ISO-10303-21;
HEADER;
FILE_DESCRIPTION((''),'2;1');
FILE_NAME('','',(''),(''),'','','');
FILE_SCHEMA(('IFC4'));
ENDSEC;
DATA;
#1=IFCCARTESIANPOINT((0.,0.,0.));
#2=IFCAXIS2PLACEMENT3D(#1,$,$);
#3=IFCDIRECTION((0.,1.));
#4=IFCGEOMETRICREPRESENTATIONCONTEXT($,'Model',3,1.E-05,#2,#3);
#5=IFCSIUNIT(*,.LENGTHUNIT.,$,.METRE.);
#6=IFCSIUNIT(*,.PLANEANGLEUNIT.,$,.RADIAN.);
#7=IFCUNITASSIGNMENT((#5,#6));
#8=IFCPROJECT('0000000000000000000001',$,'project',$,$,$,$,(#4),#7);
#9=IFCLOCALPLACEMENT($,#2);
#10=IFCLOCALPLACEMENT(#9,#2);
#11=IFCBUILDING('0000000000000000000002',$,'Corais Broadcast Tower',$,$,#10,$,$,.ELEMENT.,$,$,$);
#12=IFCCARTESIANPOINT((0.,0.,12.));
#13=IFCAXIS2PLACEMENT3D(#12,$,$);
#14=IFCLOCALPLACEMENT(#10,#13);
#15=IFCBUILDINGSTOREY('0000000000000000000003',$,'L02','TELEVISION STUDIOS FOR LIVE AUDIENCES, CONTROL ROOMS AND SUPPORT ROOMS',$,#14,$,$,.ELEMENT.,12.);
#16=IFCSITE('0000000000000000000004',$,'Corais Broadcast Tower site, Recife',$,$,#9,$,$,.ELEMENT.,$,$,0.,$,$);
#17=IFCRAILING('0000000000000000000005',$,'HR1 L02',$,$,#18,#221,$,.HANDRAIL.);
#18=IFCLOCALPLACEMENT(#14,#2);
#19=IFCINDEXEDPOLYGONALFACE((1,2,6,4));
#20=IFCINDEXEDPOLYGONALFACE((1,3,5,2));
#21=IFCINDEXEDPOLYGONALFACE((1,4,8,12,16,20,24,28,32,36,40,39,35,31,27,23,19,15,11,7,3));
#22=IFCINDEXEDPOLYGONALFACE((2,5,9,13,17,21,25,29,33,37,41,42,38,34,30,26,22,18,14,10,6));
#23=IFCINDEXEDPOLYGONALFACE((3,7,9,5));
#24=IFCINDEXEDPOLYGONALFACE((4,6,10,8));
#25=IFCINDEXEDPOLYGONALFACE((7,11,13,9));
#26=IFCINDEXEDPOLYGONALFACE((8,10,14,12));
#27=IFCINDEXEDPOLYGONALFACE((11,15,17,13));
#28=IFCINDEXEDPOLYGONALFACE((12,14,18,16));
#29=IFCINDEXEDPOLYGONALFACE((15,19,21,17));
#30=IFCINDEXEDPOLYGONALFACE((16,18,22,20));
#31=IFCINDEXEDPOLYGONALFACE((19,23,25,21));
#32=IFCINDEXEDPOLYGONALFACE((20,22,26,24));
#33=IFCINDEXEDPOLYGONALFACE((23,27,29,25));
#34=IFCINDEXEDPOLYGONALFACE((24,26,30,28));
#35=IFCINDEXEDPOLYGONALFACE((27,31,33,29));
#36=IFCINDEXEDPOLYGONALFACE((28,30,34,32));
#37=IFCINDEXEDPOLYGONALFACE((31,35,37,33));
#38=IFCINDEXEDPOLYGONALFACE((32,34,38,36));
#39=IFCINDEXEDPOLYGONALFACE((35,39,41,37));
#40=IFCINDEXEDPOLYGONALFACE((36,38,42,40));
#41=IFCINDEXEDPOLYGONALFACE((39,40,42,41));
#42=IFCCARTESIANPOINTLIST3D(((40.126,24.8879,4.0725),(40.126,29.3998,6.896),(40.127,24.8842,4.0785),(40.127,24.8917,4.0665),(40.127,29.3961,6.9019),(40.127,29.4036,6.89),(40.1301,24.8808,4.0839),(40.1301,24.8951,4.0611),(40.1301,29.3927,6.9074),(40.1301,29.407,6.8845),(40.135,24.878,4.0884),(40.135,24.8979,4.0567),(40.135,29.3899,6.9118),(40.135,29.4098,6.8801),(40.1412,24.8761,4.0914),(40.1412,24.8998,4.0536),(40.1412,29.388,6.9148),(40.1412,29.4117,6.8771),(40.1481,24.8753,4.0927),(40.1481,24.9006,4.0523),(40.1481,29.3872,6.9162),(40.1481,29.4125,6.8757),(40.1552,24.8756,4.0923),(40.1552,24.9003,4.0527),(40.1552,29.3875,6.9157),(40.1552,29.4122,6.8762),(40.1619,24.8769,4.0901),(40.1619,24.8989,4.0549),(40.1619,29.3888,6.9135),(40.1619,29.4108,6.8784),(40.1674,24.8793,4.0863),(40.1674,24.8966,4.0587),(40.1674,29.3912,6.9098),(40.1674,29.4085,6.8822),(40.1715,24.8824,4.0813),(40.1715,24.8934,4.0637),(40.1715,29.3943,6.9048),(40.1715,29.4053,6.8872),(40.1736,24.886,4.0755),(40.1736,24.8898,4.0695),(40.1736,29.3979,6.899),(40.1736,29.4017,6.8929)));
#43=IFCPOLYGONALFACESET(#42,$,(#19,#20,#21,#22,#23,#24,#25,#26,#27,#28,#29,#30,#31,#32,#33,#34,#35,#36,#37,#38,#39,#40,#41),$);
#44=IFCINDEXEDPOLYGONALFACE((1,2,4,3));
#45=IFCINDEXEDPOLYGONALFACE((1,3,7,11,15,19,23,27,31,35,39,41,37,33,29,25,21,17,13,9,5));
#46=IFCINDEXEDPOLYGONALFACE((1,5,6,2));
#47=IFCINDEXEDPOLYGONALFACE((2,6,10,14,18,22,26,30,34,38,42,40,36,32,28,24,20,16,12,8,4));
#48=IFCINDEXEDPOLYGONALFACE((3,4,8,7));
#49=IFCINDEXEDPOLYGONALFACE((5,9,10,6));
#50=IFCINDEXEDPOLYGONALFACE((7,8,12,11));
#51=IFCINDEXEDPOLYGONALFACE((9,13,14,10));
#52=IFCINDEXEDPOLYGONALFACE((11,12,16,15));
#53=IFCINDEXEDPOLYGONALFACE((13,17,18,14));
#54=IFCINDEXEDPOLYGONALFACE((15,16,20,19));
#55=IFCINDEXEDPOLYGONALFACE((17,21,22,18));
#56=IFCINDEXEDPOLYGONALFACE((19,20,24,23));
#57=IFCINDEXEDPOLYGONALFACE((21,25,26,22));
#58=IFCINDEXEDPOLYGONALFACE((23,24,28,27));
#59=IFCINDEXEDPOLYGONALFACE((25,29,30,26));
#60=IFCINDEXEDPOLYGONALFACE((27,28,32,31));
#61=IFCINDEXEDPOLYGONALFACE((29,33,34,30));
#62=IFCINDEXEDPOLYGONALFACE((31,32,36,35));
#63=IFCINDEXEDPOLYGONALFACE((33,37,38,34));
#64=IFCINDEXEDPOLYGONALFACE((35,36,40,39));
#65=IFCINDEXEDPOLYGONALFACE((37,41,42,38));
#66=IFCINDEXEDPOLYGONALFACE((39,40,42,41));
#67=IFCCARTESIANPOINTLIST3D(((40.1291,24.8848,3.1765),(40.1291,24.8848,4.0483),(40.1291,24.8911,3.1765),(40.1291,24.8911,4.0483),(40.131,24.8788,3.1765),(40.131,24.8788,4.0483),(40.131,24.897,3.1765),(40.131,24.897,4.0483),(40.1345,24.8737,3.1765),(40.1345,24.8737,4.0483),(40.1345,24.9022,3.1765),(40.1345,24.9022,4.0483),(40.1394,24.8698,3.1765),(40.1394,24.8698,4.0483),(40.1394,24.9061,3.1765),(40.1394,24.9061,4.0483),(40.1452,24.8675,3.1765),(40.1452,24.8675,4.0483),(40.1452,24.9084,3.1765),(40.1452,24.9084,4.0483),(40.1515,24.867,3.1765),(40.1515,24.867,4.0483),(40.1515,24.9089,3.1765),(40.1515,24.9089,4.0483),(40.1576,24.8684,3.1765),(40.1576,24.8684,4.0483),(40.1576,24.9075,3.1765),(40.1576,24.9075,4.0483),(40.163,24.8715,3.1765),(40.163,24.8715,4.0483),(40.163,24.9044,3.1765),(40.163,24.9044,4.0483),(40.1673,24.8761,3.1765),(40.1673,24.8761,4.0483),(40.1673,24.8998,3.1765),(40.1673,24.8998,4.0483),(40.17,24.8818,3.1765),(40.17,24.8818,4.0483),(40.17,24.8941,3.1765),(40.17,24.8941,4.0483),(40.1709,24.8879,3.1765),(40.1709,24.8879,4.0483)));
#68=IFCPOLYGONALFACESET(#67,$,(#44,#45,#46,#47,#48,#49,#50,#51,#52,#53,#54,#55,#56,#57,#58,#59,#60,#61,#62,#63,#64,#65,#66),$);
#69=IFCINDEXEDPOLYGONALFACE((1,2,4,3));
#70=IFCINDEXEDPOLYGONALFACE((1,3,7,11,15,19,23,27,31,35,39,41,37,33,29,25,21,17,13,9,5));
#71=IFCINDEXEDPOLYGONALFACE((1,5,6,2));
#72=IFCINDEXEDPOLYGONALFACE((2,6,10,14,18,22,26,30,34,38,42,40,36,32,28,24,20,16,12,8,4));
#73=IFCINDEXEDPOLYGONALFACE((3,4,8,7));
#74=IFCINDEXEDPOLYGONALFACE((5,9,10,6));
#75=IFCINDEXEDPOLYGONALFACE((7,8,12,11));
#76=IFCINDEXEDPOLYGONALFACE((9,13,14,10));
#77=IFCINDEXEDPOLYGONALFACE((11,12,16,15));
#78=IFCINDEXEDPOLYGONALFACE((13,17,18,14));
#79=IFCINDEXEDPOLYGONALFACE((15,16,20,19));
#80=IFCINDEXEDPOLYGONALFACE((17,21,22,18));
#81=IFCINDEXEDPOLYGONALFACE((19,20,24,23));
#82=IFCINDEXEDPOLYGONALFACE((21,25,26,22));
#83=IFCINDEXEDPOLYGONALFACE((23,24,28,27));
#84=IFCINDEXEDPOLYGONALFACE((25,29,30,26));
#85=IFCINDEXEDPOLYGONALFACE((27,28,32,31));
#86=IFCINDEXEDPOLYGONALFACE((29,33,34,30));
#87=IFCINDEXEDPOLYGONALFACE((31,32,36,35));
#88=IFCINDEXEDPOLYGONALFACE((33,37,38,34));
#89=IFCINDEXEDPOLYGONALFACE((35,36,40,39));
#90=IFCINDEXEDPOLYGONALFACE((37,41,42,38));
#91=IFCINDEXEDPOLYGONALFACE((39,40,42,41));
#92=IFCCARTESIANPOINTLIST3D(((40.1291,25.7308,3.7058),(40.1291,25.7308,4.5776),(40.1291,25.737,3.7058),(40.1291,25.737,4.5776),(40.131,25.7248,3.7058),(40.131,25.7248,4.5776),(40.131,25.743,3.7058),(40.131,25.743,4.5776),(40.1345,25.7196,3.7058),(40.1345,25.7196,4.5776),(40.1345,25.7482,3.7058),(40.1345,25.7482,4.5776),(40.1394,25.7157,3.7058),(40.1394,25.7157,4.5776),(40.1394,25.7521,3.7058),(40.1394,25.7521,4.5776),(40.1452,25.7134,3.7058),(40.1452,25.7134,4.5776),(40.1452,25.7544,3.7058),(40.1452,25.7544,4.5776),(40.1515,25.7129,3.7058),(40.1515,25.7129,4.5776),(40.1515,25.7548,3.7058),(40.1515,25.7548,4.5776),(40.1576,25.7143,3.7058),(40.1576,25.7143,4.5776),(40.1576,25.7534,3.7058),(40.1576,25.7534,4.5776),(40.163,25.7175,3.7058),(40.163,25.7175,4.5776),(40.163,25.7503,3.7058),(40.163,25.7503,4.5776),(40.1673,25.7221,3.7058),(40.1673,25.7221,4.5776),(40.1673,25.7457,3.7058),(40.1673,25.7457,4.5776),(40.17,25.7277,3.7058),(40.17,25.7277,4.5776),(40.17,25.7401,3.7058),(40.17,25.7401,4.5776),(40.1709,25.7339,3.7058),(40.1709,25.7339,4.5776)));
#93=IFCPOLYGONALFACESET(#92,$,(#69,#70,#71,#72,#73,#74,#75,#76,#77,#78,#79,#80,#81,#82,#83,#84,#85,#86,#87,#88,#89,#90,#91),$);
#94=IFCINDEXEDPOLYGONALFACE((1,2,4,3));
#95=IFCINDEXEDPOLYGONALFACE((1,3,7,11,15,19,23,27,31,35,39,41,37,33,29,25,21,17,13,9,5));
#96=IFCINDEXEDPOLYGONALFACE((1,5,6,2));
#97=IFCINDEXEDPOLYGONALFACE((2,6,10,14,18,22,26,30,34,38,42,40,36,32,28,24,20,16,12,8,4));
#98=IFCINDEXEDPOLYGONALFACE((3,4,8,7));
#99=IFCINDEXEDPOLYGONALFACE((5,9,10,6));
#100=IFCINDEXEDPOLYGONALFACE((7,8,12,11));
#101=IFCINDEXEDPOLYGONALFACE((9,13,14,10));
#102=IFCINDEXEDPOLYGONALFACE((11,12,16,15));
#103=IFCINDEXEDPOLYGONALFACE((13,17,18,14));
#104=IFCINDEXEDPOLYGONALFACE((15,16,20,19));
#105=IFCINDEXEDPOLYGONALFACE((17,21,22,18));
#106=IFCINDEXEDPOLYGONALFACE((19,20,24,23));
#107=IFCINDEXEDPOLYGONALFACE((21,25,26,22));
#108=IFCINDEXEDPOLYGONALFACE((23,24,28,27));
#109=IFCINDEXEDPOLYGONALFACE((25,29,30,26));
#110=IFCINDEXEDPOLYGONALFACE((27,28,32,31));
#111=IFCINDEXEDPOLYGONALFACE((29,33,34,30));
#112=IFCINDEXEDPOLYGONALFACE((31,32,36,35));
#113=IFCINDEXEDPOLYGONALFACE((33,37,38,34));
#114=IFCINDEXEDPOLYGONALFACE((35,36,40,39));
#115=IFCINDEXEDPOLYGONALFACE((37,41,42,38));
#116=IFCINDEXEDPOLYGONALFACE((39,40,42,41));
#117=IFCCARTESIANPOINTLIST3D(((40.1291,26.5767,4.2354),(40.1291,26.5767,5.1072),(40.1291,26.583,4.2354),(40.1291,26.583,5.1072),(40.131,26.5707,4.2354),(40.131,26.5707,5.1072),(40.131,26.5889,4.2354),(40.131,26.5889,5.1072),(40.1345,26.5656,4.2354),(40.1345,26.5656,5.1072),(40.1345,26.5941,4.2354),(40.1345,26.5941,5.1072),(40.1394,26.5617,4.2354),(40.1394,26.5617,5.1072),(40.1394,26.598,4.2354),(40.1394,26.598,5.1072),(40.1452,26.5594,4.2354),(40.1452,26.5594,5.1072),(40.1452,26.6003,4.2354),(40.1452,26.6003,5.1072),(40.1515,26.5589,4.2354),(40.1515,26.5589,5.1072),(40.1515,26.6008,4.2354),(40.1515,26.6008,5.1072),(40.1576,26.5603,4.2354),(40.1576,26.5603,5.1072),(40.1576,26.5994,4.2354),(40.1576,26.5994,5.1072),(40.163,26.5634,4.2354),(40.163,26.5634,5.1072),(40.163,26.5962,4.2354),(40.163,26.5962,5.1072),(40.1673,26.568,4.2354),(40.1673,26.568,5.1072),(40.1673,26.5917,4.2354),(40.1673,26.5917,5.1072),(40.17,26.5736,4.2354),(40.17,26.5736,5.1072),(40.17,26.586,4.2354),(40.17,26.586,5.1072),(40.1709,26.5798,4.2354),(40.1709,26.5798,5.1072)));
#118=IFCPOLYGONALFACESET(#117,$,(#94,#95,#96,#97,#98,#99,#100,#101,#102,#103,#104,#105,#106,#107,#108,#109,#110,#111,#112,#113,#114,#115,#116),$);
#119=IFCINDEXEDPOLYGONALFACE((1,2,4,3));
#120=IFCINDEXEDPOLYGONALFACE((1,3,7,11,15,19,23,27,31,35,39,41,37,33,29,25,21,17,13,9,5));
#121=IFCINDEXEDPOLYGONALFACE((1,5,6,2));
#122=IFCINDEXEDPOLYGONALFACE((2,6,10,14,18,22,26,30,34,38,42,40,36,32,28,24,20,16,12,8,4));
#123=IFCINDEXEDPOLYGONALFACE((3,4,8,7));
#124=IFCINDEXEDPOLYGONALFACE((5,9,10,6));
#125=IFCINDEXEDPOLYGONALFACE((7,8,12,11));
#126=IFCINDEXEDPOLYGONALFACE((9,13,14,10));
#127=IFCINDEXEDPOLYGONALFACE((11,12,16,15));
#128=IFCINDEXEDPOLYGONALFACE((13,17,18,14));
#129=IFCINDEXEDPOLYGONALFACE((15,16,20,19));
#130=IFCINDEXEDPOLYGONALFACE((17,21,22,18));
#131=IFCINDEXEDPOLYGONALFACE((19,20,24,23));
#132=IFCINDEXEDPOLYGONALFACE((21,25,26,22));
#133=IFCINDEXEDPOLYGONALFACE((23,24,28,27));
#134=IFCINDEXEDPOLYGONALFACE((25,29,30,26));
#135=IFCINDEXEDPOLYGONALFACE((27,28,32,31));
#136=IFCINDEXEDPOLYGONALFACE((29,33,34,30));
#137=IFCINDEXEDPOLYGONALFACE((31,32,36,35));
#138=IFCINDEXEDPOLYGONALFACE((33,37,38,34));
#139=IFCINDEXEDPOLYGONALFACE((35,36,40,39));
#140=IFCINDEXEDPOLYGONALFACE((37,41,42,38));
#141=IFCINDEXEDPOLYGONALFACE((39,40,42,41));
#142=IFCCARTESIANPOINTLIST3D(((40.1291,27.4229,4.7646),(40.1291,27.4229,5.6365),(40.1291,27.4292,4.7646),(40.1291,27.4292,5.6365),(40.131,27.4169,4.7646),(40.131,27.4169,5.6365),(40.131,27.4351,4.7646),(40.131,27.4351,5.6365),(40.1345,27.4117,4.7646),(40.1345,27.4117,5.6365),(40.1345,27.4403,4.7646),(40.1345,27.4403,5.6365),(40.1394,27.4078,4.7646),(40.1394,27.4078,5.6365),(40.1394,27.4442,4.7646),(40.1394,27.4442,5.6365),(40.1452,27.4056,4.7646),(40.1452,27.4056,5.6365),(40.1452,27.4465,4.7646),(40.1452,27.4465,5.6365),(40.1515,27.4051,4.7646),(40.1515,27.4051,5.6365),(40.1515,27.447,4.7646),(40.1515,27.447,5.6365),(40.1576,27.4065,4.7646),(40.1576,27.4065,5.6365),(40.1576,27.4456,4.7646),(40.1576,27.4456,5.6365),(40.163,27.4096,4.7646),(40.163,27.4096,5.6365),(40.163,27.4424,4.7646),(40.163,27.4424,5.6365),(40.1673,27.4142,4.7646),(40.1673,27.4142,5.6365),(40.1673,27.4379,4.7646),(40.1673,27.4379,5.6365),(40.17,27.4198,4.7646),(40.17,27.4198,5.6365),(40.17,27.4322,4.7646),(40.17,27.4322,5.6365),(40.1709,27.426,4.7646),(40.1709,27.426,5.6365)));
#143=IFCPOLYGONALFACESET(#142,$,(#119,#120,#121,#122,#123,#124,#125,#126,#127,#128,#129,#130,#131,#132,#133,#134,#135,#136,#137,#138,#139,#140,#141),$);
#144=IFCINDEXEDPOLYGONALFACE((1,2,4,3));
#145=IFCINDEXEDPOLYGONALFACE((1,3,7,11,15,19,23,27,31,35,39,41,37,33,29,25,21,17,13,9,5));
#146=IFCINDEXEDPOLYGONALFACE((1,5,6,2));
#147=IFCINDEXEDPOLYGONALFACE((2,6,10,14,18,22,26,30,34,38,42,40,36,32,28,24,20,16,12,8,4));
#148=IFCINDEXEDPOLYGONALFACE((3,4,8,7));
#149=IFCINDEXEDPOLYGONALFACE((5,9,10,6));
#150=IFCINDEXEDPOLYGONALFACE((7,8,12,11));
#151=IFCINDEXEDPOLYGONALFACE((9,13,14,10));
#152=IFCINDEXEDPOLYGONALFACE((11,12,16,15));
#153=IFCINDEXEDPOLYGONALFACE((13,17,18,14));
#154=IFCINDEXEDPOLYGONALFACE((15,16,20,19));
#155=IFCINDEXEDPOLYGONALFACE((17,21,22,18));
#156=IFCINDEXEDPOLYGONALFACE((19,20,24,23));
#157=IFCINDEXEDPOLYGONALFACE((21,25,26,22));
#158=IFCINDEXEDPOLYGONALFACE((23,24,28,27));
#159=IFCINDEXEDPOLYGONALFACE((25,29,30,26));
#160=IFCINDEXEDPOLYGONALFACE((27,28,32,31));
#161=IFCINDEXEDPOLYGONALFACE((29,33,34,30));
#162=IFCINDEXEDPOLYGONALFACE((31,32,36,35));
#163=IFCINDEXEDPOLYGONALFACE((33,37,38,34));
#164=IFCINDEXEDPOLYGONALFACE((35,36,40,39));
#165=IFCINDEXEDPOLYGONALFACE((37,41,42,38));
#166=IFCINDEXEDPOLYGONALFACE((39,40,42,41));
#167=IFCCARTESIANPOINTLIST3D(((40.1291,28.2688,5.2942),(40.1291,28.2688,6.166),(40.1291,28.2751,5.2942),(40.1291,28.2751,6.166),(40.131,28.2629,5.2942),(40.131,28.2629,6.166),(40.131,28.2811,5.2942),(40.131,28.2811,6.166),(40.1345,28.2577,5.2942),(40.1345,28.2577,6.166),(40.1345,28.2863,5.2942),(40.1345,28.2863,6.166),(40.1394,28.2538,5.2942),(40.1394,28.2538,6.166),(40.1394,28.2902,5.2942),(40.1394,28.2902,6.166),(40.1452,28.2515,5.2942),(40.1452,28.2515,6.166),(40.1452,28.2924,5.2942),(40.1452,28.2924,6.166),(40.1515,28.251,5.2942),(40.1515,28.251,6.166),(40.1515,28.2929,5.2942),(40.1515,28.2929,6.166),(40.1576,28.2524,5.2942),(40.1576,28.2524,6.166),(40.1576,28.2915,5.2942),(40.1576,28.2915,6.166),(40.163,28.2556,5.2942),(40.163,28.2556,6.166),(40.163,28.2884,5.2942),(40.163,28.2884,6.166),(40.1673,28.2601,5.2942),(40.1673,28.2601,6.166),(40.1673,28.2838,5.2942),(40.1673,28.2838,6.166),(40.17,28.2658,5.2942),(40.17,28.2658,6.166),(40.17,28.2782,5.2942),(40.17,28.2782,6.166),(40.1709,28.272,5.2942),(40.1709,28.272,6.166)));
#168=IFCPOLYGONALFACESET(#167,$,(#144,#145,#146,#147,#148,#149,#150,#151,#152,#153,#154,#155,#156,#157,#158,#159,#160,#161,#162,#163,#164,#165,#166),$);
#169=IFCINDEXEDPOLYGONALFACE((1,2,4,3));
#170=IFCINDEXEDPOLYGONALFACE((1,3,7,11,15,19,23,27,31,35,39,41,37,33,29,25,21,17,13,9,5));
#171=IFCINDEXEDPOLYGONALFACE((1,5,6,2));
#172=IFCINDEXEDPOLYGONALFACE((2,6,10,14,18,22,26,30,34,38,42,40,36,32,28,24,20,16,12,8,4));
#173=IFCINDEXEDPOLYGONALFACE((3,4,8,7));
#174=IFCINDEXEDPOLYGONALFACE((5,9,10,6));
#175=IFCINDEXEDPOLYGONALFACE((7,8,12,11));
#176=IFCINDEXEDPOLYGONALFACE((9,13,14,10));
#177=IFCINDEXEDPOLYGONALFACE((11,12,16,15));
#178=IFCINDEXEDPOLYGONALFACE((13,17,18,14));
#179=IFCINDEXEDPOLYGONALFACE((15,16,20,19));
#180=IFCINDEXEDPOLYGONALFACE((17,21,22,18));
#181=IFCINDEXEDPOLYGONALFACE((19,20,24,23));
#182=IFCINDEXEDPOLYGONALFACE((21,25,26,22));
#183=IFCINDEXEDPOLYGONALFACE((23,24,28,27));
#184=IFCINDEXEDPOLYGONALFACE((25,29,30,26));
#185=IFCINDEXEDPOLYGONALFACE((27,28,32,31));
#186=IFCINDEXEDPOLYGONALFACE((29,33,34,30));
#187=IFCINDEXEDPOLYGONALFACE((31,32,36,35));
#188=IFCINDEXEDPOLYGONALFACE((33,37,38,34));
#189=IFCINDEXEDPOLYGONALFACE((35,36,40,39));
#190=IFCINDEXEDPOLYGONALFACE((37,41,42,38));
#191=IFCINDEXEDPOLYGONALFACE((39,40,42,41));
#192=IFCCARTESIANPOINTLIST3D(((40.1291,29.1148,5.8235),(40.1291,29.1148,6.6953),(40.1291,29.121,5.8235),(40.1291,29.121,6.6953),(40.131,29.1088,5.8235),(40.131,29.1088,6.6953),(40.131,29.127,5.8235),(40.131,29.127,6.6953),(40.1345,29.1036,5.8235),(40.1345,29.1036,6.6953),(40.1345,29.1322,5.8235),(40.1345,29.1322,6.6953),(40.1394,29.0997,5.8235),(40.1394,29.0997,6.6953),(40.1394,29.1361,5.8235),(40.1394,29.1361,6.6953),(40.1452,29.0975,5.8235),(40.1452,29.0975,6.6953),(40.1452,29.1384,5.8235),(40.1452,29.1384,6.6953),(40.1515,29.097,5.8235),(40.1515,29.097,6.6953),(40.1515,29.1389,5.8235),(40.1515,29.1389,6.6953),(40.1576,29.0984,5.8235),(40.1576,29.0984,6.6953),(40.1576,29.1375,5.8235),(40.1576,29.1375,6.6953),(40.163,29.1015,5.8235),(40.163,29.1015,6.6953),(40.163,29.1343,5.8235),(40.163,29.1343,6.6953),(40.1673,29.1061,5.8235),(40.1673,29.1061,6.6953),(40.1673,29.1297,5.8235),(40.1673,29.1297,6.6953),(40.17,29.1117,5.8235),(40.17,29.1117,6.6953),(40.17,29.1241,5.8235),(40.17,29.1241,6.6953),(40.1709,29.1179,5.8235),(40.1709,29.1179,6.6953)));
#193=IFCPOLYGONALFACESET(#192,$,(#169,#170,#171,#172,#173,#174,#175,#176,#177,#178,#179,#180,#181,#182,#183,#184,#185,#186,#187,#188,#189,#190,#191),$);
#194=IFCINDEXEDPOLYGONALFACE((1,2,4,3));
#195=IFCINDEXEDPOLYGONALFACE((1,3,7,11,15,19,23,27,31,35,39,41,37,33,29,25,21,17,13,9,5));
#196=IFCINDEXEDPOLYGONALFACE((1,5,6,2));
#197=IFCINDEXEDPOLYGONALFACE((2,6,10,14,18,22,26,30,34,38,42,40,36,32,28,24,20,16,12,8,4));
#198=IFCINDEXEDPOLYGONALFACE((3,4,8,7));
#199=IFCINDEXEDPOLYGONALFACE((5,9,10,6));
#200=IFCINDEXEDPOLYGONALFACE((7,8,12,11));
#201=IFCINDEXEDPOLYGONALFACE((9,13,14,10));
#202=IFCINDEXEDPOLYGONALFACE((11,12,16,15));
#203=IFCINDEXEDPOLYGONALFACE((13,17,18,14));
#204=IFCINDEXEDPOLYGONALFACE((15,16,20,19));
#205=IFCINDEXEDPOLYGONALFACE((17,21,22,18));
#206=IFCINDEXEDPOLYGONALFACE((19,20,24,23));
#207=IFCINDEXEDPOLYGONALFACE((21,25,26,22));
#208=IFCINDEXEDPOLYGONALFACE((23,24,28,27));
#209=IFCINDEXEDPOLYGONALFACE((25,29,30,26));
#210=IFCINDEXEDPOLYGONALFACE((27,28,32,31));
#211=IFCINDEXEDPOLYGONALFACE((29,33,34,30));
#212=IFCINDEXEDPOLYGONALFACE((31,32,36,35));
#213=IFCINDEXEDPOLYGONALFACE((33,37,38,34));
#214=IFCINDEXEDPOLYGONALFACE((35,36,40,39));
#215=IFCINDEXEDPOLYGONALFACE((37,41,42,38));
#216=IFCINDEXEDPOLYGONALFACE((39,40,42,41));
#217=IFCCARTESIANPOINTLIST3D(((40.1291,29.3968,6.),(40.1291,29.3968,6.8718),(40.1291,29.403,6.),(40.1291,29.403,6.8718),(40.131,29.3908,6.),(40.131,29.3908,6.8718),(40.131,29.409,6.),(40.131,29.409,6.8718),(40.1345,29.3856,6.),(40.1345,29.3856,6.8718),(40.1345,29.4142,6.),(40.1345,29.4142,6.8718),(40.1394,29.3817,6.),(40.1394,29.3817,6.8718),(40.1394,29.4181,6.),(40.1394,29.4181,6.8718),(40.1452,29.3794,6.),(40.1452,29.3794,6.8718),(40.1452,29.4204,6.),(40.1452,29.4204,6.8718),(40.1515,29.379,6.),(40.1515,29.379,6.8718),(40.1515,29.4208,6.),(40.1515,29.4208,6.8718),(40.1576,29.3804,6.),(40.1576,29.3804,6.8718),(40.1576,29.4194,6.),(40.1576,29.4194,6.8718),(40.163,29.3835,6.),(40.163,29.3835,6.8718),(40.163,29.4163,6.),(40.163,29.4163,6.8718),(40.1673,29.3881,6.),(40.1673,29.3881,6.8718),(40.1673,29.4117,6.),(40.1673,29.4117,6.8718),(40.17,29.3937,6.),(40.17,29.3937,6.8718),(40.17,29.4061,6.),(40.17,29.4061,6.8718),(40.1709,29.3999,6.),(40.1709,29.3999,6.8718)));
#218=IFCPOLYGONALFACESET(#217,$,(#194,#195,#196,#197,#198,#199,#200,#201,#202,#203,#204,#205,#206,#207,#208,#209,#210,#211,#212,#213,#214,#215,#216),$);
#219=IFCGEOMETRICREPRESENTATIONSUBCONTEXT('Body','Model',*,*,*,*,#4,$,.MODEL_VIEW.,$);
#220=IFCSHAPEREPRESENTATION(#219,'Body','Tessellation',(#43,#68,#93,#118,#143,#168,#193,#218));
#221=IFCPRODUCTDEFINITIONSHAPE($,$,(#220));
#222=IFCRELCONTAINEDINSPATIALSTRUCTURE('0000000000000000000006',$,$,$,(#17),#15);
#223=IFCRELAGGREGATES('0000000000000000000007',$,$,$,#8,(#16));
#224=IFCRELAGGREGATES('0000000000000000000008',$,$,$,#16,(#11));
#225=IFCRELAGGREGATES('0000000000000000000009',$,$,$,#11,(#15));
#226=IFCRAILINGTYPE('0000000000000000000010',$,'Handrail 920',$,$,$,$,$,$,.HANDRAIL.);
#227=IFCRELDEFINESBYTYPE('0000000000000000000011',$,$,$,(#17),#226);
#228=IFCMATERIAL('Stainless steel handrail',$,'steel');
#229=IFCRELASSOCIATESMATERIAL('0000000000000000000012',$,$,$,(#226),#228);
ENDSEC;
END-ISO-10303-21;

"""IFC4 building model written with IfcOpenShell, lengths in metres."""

from ifc_helpers import new_model, si_unit, direction, frame, origin, origin_2d, place, context, subcontext, project, spatial, circle, extrude, material, type_object, element, save


model = new_model("IFC4")

# Units and contexts
model_context = context("Model", 3, precision=1e-05, world=origin(), true_north=direction((0.0, 1.0)))
body_context = subcontext(model_context, "Body", "Model", "MODEL_VIEW")
ifc_project = project(units=[si_unit("LENGTHUNIT", "METRE"), si_unit("PLANEANGLEUNIT", "RADIAN")], contexts=[model_context])

# Site, building, storey
site_placement = place(None, origin())
site = spatial("IfcSite", under=ifc_project, at=site_placement, Name="Corais Broadcast Tower site, Recife", CompositionType="ELEMENT", RefElevation=0.0)
building_placement = place(site_placement, origin())
building = spatial("IfcBuilding", under=site, at=building_placement, Name="Corais Broadcast Tower", CompositionType="ELEMENT")
storey_placement = place(building_placement, frame((0.0, 0.0, 12.0)))
storey = spatial("IfcBuildingStorey", under=building, at=storey_placement, Name="L02", Description="TELEVISION STUDIOS FOR LIVE AUDIENCES, CONTROL ROOMS AND SUPPORT ROOMS", CompositionType="ELEMENT", Elevation=12.0)

# Railing
ifc_material_1 = material(Name="Stainless steel handrail", Category="steel")
railing_type = type_object("IfcRailingType", Name="Handrail 920", PredefinedType="HANDRAIL", material=ifc_material_1)
railing_placement = place(storey_placement, frame((40.1499, 24.8879, 3.1765)))
element("IfcRailing", 1, at=railing_placement, inside=storey, type_object=railing_type, Name="HR1 L02", PredefinedType="HANDRAIL", context=body_context, shape_type="SweptSolid", body=[
    extrude(circle(Radius=0.0239, at=origin_2d()), frame((0.0, 0.0, 0.896), z_axis=(0.0, 0.847702, 0.530473), x_axis=(-1.0, 0.0, 0.0)), (0.0, 0.0, 1.0), 5.3225),
    extrude(circle(Radius=0.021, at=origin_2d()), origin(), (0.0, 0.0, 1.0), 0.8718),
    extrude(circle(Radius=0.021, at=origin_2d()), frame((0.0, 0.8459, 0.5293)), (0.0, 0.0, 1.0), 0.8718),
    extrude(circle(Radius=0.021, at=origin_2d()), frame((0.0, 1.6919, 1.0588)), (0.0, 0.0, 1.0), 0.8718),
    extrude(circle(Radius=0.021, at=origin_2d()), frame((0.0, 2.5381, 1.5881)), (0.0, 0.0, 1.0), 0.8718),
    extrude(circle(Radius=0.021, at=origin_2d()), frame((0.0, 3.384, 2.1177)), (0.0, 0.0, 1.0), 0.8718),
    extrude(circle(Radius=0.021, at=origin_2d()), frame((0.0, 4.23, 2.647)), (0.0, 0.0, 1.0), 0.8718),
    extrude(circle(Radius=0.021, at=origin_2d()), frame((0.0, 4.512, 2.8235)), (0.0, 0.0, 1.0), 0.8718),
])

save(model, "model.ifc")
